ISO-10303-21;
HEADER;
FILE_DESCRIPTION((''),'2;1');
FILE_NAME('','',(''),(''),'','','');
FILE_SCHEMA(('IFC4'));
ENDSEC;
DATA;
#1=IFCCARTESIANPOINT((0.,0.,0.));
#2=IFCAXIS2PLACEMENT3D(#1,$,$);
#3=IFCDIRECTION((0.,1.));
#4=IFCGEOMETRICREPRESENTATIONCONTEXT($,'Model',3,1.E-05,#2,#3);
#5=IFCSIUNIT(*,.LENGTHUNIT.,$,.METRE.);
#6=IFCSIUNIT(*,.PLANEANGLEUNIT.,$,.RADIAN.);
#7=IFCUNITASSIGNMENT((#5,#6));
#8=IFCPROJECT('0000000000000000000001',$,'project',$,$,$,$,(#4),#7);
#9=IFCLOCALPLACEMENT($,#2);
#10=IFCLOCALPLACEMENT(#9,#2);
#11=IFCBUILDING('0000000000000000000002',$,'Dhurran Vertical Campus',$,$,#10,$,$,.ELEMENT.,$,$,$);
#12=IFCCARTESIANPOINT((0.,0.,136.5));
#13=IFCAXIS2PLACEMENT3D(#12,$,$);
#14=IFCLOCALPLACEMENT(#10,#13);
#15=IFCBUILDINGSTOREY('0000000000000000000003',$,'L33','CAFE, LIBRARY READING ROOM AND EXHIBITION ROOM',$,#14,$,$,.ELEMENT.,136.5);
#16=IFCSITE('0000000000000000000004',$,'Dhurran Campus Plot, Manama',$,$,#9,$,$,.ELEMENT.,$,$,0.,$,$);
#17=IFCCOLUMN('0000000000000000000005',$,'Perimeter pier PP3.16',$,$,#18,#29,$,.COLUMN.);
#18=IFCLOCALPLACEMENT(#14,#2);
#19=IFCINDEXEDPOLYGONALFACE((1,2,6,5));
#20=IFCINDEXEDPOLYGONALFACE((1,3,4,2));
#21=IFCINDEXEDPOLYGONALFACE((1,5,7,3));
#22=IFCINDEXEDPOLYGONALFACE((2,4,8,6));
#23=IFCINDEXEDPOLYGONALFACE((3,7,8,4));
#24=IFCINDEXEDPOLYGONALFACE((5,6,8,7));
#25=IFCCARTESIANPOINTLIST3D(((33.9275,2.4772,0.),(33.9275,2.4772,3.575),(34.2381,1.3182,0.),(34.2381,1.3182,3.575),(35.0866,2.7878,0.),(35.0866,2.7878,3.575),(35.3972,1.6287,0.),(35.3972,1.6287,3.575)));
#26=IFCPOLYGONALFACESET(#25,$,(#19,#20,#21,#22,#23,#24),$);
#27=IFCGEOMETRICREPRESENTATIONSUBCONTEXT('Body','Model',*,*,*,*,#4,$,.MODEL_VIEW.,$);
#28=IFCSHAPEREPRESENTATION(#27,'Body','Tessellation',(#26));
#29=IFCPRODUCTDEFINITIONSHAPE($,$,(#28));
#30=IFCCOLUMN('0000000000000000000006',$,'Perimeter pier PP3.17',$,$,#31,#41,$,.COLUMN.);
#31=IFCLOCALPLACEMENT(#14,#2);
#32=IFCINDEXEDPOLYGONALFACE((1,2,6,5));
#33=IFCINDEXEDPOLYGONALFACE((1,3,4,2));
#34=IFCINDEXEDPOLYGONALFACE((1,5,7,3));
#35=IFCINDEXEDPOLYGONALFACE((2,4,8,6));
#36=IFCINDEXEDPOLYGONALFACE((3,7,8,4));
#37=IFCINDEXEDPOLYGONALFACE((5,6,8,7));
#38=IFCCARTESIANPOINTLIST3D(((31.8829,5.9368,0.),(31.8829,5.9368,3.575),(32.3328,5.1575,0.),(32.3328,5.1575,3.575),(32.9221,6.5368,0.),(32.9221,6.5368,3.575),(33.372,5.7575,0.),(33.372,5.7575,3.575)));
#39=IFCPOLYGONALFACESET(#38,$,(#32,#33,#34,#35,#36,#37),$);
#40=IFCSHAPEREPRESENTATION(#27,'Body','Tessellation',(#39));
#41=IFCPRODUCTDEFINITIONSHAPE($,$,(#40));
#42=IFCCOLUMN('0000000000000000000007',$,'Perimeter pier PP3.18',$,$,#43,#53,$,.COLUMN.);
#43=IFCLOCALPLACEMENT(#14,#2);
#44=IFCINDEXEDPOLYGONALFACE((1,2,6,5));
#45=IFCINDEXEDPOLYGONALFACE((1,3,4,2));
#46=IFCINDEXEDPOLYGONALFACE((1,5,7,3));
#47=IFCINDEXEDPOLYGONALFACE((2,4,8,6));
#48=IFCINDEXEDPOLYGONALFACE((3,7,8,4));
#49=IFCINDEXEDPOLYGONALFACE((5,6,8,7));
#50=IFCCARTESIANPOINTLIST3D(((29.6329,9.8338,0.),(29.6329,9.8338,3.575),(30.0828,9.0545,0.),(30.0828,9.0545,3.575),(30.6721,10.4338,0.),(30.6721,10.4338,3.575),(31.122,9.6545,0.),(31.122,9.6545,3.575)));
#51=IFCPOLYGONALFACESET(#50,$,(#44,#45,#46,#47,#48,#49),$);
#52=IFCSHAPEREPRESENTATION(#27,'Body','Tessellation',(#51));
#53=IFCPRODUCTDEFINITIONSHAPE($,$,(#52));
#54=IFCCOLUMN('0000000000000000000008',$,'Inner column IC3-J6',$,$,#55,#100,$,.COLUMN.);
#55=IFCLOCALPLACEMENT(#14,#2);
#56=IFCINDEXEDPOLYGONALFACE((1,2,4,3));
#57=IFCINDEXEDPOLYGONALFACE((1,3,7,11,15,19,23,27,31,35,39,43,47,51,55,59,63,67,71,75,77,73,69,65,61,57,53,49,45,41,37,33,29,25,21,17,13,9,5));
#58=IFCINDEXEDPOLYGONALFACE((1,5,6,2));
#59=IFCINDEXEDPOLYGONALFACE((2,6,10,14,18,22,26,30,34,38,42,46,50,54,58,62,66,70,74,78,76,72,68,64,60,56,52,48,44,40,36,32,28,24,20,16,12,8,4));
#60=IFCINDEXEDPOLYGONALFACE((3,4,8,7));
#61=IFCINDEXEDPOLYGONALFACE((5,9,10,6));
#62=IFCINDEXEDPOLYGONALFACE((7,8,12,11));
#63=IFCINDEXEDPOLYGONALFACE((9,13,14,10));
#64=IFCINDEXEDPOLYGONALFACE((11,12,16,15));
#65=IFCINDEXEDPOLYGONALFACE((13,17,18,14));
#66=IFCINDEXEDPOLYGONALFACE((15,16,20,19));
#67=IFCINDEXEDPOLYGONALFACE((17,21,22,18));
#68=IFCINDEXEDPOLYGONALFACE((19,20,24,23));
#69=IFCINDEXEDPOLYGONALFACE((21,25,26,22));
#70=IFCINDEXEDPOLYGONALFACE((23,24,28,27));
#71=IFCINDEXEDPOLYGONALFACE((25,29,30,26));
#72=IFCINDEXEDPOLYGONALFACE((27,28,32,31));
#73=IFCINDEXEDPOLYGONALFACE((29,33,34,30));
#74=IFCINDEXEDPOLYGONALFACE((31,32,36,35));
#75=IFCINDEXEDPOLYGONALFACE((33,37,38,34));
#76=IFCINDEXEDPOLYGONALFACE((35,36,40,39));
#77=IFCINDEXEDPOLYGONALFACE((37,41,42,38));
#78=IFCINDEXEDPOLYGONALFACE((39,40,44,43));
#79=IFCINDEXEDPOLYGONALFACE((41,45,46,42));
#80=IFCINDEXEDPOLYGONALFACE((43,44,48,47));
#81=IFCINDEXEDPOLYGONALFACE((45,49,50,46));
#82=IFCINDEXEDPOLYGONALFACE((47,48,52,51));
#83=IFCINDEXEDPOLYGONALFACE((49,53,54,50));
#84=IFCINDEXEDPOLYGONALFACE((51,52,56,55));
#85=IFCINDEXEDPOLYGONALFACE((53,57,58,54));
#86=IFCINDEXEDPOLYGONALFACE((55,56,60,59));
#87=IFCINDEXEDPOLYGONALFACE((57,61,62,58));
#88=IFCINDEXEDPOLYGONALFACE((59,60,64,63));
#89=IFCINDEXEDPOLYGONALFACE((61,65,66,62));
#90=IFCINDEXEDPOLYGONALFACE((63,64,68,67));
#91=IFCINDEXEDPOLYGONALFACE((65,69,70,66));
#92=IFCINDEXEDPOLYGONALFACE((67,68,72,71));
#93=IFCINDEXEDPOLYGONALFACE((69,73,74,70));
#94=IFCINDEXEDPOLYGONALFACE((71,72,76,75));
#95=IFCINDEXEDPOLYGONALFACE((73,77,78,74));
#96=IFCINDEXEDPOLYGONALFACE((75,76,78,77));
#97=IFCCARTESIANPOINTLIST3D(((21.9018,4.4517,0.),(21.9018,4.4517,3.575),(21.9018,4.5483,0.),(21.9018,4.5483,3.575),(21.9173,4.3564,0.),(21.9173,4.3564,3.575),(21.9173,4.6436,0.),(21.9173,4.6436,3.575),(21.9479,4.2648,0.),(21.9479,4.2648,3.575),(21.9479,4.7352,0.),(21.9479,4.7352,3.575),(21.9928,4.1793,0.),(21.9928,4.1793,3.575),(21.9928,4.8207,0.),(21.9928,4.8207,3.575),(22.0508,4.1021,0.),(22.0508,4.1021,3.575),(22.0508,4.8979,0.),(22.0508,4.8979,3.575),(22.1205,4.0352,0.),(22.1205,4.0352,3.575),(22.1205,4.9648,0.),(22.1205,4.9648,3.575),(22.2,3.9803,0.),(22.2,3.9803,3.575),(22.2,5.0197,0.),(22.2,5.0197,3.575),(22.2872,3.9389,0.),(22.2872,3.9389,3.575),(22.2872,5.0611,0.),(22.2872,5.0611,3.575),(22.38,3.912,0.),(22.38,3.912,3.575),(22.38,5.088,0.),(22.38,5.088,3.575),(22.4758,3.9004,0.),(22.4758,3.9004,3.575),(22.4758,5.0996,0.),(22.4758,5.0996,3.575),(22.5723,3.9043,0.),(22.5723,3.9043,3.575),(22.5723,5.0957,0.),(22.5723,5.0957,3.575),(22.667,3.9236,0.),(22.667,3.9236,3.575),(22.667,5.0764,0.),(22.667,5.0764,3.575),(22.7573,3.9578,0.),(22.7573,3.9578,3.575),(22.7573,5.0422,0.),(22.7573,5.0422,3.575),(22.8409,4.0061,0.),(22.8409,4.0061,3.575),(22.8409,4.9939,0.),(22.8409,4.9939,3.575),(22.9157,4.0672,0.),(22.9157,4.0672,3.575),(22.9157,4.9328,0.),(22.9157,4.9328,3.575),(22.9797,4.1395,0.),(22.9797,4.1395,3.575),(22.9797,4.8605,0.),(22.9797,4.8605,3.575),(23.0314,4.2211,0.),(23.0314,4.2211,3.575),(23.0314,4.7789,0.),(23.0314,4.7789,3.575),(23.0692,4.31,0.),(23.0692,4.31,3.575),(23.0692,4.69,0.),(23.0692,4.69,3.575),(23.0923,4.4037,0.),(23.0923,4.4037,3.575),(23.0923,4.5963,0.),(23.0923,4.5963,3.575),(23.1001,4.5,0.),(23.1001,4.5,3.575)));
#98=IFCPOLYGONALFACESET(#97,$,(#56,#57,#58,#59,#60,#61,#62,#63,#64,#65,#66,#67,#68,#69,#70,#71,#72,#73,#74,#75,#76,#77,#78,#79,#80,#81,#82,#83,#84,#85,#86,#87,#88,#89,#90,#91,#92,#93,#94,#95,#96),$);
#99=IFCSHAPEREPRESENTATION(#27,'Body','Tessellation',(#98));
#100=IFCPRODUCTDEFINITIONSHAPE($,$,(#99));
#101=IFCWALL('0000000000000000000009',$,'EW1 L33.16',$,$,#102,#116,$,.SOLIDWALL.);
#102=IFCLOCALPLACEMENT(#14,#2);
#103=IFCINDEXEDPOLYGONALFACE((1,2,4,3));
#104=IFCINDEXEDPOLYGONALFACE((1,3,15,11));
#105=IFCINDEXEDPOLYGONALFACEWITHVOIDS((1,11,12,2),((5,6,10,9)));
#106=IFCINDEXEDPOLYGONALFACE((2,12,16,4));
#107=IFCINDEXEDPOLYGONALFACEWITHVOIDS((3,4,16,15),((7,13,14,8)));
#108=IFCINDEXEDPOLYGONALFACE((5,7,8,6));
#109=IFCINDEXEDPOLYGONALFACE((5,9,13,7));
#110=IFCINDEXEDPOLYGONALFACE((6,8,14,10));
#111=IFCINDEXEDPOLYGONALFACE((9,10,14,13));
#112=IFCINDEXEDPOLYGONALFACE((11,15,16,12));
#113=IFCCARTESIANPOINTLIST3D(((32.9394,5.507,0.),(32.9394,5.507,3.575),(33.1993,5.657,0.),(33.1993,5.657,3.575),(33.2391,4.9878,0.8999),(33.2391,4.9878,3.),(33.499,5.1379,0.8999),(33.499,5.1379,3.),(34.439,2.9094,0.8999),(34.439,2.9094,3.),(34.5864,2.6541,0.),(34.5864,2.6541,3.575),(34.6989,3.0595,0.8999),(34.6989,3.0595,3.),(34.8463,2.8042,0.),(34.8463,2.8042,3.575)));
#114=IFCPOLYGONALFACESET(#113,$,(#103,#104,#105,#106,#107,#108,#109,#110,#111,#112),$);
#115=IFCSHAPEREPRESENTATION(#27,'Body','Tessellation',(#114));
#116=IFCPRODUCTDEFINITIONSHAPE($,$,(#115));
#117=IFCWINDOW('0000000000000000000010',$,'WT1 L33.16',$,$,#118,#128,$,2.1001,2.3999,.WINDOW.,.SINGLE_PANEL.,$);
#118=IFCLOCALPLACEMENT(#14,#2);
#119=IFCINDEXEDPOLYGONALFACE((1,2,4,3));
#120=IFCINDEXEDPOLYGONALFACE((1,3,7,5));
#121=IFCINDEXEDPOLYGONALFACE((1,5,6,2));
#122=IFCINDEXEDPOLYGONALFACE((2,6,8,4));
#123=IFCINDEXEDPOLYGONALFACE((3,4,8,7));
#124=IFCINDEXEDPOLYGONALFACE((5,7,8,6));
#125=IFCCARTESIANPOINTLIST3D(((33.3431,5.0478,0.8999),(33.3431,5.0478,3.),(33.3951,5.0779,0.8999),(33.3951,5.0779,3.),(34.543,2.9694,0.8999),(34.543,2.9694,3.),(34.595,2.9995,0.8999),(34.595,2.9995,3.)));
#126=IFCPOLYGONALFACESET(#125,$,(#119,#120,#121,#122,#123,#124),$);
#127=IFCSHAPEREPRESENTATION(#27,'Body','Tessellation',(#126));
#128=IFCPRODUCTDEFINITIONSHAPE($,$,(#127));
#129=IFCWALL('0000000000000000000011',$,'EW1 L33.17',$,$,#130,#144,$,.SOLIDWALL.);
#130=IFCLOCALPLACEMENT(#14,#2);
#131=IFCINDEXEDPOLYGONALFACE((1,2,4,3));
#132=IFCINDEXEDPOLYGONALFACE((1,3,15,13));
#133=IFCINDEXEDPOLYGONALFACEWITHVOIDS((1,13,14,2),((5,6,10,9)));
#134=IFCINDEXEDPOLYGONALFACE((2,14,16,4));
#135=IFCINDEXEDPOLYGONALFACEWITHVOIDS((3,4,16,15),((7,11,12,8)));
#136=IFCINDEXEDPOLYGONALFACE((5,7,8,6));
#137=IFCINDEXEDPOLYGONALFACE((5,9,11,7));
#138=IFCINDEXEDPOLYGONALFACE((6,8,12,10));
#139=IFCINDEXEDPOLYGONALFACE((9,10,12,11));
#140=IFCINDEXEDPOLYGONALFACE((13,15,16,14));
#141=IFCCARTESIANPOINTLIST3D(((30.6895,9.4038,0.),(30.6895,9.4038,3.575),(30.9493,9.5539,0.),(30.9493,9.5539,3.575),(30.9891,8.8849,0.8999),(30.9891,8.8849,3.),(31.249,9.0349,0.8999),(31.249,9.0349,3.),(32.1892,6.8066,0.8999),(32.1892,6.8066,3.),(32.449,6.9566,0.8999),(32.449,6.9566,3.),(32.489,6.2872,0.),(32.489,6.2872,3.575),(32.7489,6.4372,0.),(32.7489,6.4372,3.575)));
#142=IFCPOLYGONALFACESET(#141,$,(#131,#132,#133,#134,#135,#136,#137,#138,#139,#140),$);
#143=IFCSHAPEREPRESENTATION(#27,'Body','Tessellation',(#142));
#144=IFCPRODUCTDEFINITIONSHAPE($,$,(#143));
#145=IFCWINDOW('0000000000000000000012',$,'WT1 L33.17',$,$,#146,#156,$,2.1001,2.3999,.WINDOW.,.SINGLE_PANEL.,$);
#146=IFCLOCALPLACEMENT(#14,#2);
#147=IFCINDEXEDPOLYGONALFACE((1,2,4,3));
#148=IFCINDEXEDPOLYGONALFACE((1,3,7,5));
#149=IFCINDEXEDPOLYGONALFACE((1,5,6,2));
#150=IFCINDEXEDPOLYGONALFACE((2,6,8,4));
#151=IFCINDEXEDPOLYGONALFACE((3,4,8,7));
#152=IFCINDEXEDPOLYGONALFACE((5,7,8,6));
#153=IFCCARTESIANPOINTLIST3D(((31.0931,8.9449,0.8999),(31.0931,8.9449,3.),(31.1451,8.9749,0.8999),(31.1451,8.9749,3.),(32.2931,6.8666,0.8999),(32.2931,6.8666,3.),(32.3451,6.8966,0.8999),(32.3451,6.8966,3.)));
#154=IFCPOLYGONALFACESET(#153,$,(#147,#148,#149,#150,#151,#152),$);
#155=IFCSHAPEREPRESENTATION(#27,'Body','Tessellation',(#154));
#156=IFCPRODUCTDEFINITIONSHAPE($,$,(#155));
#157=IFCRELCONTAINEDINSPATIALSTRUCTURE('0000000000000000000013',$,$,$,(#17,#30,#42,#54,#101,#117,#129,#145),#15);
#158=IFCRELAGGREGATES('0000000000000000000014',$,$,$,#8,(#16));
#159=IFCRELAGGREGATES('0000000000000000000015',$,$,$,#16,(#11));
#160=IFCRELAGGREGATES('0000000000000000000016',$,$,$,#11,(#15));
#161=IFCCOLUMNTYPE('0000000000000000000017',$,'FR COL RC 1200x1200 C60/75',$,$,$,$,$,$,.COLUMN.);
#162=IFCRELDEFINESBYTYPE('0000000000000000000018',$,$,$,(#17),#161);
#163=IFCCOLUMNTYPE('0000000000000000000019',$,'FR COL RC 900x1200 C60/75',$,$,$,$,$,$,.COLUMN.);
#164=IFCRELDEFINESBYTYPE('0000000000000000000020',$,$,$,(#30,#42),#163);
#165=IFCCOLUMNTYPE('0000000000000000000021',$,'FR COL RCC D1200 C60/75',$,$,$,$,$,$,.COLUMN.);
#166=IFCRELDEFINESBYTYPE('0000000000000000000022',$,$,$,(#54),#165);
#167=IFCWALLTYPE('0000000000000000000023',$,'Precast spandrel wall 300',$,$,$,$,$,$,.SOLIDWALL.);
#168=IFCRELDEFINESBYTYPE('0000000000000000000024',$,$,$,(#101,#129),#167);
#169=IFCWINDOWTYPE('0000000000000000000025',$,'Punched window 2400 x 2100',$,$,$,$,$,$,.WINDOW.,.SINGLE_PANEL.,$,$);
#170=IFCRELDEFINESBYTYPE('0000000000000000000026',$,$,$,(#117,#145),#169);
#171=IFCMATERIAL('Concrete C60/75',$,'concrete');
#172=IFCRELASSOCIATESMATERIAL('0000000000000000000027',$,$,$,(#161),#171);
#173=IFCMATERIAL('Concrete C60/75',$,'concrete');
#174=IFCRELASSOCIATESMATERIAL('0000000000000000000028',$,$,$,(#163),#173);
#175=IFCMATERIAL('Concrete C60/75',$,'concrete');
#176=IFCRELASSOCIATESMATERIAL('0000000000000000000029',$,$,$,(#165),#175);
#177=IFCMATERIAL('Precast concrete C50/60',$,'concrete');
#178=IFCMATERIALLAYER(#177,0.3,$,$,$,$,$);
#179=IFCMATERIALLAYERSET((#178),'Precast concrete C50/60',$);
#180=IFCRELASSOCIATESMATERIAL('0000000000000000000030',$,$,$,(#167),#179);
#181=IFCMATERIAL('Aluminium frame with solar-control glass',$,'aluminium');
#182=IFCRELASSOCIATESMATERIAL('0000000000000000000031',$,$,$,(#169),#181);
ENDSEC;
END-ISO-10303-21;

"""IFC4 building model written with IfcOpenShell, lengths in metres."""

from ifc_helpers import new_model, si_unit, direction, frame, frame_2d, origin, origin_2d, place, context, subcontext, project, spatial, rectangle, circle, extrude, material, layer, layer_set, material_profile, profile_set, type_object, element, fill, save


model = new_model("IFC4")

# Units and contexts
model_context = context("Model", 3, precision=1e-05, world=origin(), true_north=direction((0.0, 1.0)))
body_context = subcontext(model_context, "Body", "Model", "MODEL_VIEW")
ifc_project = project(units=[si_unit("LENGTHUNIT", "METRE"), si_unit("PLANEANGLEUNIT", "RADIAN")], contexts=[model_context])

# Site, building, storey
site_placement = place(None, origin())
site = spatial("IfcSite", under=ifc_project, at=site_placement, Name="Dhurran Campus Plot, Manama", CompositionType="ELEMENT", RefElevation=0.0)
building_placement = place(site_placement, origin())
building = spatial("IfcBuilding", under=site, at=building_placement, Name="Dhurran Vertical Campus", CompositionType="ELEMENT")
storey_placement = place(building_placement, frame((0.0, 0.0, 136.5)))
storey = spatial("IfcBuildingStorey", under=building, at=storey_placement, Name="L33", Description="CAFE, LIBRARY READING ROOM AND EXHIBITION ROOM", CompositionType="ELEMENT", Elevation=136.5)

# Columns
ifc_material_1 = material(Name="Concrete C60/75", Category="concrete")
ifc_material_profile_1 = material_profile(ifc_material_1, rectangle(XDim=1.2, YDim=1.2, at=origin_2d()), Name="RC 1200x1200")
ifc_profile_set_1 = profile_set([ifc_material_profile_1], Name="Concrete C60/75")
column_type_1 = type_object("IfcColumnType", Name="FR COL RC 1200x1200 C60/75", PredefinedType="COLUMN", material=ifc_profile_set_1)
column_1_placement = place(storey_placement, frame((34.6624, 2.053, 0.0), z_axis=(0.0, 0.0, 1.0), x_axis=(-0.258819, 0.965926, 0.0)))
element("IfcColumn", 1, at=column_1_placement, inside=storey, type_object=column_type_1, Name="Perimeter pier PP3.16", PredefinedType="COLUMN", context=body_context, shape_type="SweptSolid", body=[
    extrude(rectangle(XDim=1.2, YDim=1.2, at=origin_2d()), origin(), (0.0, 0.0, 1.0), 3.575),
])
ifc_material_2 = material(Name="Concrete C60/75", Category="concrete")
ifc_material_profile_2 = material_profile(ifc_material_2, rectangle(XDim=0.8999, YDim=1.2, at=origin_2d()), Name="RC 900x1200")
ifc_profile_set_2 = profile_set([ifc_material_profile_2], Name="Concrete C60/75")
column_type_2 = type_object("IfcColumnType", Name="FR COL RC 900x1200 C60/75", PredefinedType="COLUMN", material=ifc_profile_set_2)
for number, where, z_axis, x_axis, name in (
    (2, (32.6274, 5.8472, 0.0), (0.0, 0.0, 1.0), (-0.5, 0.866025, 0.0), "Perimeter pier PP3.17"),
    (3, (30.3774, 9.7441, 0.0), (0.0, 0.0, 1.0), (-0.5, 0.866025, 0.0), "Perimeter pier PP3.18"),
):
    element("IfcColumn", number, at=place(storey_placement, frame(where, z_axis=z_axis, x_axis=x_axis)), inside=storey, type_object=column_type_2, Name=name, PredefinedType="COLUMN", context=body_context, shape_type="SweptSolid", body=[
        extrude(rectangle(XDim=0.8999, YDim=1.2, at=origin_2d()), origin(), (0.0, 0.0, 1.0), 3.575),
    ])
ifc_material_3 = material(Name="Concrete C60/75", Category="concrete")
ifc_material_profile_3 = material_profile(ifc_material_3, circle(Radius=0.6001, at=origin_2d()), Name="RCC D1200")
ifc_profile_set_3 = profile_set([ifc_material_profile_3], Name="Concrete C60/75")
column_type_3 = type_object("IfcColumnType", Name="FR COL RCC D1200 C60/75", PredefinedType="COLUMN", material=ifc_profile_set_3)
column_2_placement = place(storey_placement, frame((22.5, 4.5, 0.0), z_axis=(0.0, 0.0, 1.0), x_axis=(1.0, 0.0, 0.0)))
element("IfcColumn", 4, at=column_2_placement, inside=storey, type_object=column_type_3, Name="Inner column IC3-J6", PredefinedType="COLUMN", context=body_context, shape_type="SweptSolid", body=[
    extrude(circle(Radius=0.6001, at=origin_2d()), origin(), (0.0, 0.0, 1.0), 3.575),
])

# Walls, openings, windows
ifc_material_4 = material(Name="Precast concrete C50/60", Category="concrete")
ifc_layer_1 = layer(ifc_material_4, 0.3)
ifc_layer_set_1 = layer_set([ifc_layer_1], Name="Precast concrete C50/60")
wall_type_1 = type_object("IfcWallType", Name="Precast spandrel wall 300", PredefinedType="SOLIDWALL", material=ifc_layer_set_1)
wall_1_placement = place(storey_placement, frame((34.7163, 2.7292, 0.0), z_axis=(0.0, 0.0, 1.0), x_axis=(-0.499981, 0.866036, 0.0)))
wall_1 = element("IfcWall", 5, at=wall_1_placement, inside=storey, type_object=wall_type_1, Name="EW1 L33.16", PredefinedType="SOLIDWALL", context=body_context, shape_type="SweptSolid", body=[
    extrude(rectangle(XDim=3.2942, YDim=0.3, at=frame_2d((1.647, 0.0))), origin(), (0.0, 0.0, 1.0), 3.575),
])
opening_1_placement = place(wall_1_placement, frame((0.2947, 0.0, 0.8999)))
opening_1 = element("IfcOpeningElement", 6, at=opening_1_placement, cuts=wall_1, PredefinedType="OPENING", context=body_context, shape_type="SweptSolid", body=[
    extrude(rectangle(XDim=2.3999, YDim=2.1001, at=frame_2d((1.2, 1.05))), frame((0.0, 0.1599, 0.0), z_axis=(0.0, -1.0, 0.0), x_axis=(1.0, 0.0, 0.0)), (0.0, 0.0, 1.0), 0.3201),
])
ifc_material_5 = material(Name="Aluminium frame with solar-control glass", Category="aluminium")
window_type = type_object("IfcWindowType", Name="Punched window 2400 x 2100", PartitioningType="SINGLE_PANEL", PredefinedType="WINDOW", material=ifc_material_5)
window_1_placement = place(opening_1_placement, origin())
window_1 = element("IfcWindow", 7, at=window_1_placement, inside=storey, type_object=window_type, Name="WT1 L33.16", OverallHeight=2.1001, OverallWidth=2.3999, PartitioningType="SINGLE_PANEL", PredefinedType="WINDOW", context=body_context, shape_type="SweptSolid", body=[
    extrude(rectangle(XDim=2.3999, YDim=2.1001, at=frame_2d((1.2, 1.05))), frame((0.0, 0.03, 0.0), z_axis=(0.0, -1.0, 0.0), x_axis=(1.0, 0.0, 0.0)), (0.0, 0.0, 1.0), 0.0601),
])
fill(opening_1, window_1)
wall_2_placement = place(storey_placement, frame((32.6189, 6.3623, 0.0), z_axis=(0.0, 0.0, 1.0), x_axis=(-0.500028, 0.866009, 0.0)))
wall_2 = element("IfcWall", 8, at=wall_2_placement, inside=storey, type_object=wall_type_1, Name="EW1 L33.17", PredefinedType="SOLIDWALL", context=body_context, shape_type="SweptSolid", body=[
    extrude(rectangle(XDim=3.5989, YDim=0.3, at=frame_2d((1.7993, 0.0))), origin(), (0.0, 0.0, 1.0), 3.575),
])
opening_2_placement = place(wall_2_placement, frame((0.5996, 0.0, 0.8999)))
opening_2 = element("IfcOpeningElement", 9, at=opening_2_placement, cuts=wall_2, PredefinedType="OPENING", context=body_context, shape_type="SweptSolid", body=[
    extrude(rectangle(XDim=2.3999, YDim=2.1001, at=frame_2d((1.2, 1.05))), frame((0.0, 0.1599, 0.0), z_axis=(0.0, -1.0, 0.0), x_axis=(1.0, 0.0, 0.0)), (0.0, 0.0, 1.0), 0.3201),
])
window_2_placement = place(opening_2_placement, origin())
window_2 = element("IfcWindow", 10, at=window_2_placement, inside=storey, type_object=window_type, Name="WT1 L33.17", OverallHeight=2.1001, OverallWidth=2.3999, PartitioningType="SINGLE_PANEL", PredefinedType="WINDOW", context=body_context, shape_type="SweptSolid", body=[
    extrude(rectangle(XDim=2.3999, YDim=2.1001, at=frame_2d((1.2, 1.05))), frame((0.0, 0.03, 0.0), z_axis=(0.0, -1.0, 0.0), x_axis=(1.0, 0.0, 0.0)), (0.0, 0.0, 1.0), 0.0601),
])
fill(opening_2, window_2)

save(model, "model.ifc")
